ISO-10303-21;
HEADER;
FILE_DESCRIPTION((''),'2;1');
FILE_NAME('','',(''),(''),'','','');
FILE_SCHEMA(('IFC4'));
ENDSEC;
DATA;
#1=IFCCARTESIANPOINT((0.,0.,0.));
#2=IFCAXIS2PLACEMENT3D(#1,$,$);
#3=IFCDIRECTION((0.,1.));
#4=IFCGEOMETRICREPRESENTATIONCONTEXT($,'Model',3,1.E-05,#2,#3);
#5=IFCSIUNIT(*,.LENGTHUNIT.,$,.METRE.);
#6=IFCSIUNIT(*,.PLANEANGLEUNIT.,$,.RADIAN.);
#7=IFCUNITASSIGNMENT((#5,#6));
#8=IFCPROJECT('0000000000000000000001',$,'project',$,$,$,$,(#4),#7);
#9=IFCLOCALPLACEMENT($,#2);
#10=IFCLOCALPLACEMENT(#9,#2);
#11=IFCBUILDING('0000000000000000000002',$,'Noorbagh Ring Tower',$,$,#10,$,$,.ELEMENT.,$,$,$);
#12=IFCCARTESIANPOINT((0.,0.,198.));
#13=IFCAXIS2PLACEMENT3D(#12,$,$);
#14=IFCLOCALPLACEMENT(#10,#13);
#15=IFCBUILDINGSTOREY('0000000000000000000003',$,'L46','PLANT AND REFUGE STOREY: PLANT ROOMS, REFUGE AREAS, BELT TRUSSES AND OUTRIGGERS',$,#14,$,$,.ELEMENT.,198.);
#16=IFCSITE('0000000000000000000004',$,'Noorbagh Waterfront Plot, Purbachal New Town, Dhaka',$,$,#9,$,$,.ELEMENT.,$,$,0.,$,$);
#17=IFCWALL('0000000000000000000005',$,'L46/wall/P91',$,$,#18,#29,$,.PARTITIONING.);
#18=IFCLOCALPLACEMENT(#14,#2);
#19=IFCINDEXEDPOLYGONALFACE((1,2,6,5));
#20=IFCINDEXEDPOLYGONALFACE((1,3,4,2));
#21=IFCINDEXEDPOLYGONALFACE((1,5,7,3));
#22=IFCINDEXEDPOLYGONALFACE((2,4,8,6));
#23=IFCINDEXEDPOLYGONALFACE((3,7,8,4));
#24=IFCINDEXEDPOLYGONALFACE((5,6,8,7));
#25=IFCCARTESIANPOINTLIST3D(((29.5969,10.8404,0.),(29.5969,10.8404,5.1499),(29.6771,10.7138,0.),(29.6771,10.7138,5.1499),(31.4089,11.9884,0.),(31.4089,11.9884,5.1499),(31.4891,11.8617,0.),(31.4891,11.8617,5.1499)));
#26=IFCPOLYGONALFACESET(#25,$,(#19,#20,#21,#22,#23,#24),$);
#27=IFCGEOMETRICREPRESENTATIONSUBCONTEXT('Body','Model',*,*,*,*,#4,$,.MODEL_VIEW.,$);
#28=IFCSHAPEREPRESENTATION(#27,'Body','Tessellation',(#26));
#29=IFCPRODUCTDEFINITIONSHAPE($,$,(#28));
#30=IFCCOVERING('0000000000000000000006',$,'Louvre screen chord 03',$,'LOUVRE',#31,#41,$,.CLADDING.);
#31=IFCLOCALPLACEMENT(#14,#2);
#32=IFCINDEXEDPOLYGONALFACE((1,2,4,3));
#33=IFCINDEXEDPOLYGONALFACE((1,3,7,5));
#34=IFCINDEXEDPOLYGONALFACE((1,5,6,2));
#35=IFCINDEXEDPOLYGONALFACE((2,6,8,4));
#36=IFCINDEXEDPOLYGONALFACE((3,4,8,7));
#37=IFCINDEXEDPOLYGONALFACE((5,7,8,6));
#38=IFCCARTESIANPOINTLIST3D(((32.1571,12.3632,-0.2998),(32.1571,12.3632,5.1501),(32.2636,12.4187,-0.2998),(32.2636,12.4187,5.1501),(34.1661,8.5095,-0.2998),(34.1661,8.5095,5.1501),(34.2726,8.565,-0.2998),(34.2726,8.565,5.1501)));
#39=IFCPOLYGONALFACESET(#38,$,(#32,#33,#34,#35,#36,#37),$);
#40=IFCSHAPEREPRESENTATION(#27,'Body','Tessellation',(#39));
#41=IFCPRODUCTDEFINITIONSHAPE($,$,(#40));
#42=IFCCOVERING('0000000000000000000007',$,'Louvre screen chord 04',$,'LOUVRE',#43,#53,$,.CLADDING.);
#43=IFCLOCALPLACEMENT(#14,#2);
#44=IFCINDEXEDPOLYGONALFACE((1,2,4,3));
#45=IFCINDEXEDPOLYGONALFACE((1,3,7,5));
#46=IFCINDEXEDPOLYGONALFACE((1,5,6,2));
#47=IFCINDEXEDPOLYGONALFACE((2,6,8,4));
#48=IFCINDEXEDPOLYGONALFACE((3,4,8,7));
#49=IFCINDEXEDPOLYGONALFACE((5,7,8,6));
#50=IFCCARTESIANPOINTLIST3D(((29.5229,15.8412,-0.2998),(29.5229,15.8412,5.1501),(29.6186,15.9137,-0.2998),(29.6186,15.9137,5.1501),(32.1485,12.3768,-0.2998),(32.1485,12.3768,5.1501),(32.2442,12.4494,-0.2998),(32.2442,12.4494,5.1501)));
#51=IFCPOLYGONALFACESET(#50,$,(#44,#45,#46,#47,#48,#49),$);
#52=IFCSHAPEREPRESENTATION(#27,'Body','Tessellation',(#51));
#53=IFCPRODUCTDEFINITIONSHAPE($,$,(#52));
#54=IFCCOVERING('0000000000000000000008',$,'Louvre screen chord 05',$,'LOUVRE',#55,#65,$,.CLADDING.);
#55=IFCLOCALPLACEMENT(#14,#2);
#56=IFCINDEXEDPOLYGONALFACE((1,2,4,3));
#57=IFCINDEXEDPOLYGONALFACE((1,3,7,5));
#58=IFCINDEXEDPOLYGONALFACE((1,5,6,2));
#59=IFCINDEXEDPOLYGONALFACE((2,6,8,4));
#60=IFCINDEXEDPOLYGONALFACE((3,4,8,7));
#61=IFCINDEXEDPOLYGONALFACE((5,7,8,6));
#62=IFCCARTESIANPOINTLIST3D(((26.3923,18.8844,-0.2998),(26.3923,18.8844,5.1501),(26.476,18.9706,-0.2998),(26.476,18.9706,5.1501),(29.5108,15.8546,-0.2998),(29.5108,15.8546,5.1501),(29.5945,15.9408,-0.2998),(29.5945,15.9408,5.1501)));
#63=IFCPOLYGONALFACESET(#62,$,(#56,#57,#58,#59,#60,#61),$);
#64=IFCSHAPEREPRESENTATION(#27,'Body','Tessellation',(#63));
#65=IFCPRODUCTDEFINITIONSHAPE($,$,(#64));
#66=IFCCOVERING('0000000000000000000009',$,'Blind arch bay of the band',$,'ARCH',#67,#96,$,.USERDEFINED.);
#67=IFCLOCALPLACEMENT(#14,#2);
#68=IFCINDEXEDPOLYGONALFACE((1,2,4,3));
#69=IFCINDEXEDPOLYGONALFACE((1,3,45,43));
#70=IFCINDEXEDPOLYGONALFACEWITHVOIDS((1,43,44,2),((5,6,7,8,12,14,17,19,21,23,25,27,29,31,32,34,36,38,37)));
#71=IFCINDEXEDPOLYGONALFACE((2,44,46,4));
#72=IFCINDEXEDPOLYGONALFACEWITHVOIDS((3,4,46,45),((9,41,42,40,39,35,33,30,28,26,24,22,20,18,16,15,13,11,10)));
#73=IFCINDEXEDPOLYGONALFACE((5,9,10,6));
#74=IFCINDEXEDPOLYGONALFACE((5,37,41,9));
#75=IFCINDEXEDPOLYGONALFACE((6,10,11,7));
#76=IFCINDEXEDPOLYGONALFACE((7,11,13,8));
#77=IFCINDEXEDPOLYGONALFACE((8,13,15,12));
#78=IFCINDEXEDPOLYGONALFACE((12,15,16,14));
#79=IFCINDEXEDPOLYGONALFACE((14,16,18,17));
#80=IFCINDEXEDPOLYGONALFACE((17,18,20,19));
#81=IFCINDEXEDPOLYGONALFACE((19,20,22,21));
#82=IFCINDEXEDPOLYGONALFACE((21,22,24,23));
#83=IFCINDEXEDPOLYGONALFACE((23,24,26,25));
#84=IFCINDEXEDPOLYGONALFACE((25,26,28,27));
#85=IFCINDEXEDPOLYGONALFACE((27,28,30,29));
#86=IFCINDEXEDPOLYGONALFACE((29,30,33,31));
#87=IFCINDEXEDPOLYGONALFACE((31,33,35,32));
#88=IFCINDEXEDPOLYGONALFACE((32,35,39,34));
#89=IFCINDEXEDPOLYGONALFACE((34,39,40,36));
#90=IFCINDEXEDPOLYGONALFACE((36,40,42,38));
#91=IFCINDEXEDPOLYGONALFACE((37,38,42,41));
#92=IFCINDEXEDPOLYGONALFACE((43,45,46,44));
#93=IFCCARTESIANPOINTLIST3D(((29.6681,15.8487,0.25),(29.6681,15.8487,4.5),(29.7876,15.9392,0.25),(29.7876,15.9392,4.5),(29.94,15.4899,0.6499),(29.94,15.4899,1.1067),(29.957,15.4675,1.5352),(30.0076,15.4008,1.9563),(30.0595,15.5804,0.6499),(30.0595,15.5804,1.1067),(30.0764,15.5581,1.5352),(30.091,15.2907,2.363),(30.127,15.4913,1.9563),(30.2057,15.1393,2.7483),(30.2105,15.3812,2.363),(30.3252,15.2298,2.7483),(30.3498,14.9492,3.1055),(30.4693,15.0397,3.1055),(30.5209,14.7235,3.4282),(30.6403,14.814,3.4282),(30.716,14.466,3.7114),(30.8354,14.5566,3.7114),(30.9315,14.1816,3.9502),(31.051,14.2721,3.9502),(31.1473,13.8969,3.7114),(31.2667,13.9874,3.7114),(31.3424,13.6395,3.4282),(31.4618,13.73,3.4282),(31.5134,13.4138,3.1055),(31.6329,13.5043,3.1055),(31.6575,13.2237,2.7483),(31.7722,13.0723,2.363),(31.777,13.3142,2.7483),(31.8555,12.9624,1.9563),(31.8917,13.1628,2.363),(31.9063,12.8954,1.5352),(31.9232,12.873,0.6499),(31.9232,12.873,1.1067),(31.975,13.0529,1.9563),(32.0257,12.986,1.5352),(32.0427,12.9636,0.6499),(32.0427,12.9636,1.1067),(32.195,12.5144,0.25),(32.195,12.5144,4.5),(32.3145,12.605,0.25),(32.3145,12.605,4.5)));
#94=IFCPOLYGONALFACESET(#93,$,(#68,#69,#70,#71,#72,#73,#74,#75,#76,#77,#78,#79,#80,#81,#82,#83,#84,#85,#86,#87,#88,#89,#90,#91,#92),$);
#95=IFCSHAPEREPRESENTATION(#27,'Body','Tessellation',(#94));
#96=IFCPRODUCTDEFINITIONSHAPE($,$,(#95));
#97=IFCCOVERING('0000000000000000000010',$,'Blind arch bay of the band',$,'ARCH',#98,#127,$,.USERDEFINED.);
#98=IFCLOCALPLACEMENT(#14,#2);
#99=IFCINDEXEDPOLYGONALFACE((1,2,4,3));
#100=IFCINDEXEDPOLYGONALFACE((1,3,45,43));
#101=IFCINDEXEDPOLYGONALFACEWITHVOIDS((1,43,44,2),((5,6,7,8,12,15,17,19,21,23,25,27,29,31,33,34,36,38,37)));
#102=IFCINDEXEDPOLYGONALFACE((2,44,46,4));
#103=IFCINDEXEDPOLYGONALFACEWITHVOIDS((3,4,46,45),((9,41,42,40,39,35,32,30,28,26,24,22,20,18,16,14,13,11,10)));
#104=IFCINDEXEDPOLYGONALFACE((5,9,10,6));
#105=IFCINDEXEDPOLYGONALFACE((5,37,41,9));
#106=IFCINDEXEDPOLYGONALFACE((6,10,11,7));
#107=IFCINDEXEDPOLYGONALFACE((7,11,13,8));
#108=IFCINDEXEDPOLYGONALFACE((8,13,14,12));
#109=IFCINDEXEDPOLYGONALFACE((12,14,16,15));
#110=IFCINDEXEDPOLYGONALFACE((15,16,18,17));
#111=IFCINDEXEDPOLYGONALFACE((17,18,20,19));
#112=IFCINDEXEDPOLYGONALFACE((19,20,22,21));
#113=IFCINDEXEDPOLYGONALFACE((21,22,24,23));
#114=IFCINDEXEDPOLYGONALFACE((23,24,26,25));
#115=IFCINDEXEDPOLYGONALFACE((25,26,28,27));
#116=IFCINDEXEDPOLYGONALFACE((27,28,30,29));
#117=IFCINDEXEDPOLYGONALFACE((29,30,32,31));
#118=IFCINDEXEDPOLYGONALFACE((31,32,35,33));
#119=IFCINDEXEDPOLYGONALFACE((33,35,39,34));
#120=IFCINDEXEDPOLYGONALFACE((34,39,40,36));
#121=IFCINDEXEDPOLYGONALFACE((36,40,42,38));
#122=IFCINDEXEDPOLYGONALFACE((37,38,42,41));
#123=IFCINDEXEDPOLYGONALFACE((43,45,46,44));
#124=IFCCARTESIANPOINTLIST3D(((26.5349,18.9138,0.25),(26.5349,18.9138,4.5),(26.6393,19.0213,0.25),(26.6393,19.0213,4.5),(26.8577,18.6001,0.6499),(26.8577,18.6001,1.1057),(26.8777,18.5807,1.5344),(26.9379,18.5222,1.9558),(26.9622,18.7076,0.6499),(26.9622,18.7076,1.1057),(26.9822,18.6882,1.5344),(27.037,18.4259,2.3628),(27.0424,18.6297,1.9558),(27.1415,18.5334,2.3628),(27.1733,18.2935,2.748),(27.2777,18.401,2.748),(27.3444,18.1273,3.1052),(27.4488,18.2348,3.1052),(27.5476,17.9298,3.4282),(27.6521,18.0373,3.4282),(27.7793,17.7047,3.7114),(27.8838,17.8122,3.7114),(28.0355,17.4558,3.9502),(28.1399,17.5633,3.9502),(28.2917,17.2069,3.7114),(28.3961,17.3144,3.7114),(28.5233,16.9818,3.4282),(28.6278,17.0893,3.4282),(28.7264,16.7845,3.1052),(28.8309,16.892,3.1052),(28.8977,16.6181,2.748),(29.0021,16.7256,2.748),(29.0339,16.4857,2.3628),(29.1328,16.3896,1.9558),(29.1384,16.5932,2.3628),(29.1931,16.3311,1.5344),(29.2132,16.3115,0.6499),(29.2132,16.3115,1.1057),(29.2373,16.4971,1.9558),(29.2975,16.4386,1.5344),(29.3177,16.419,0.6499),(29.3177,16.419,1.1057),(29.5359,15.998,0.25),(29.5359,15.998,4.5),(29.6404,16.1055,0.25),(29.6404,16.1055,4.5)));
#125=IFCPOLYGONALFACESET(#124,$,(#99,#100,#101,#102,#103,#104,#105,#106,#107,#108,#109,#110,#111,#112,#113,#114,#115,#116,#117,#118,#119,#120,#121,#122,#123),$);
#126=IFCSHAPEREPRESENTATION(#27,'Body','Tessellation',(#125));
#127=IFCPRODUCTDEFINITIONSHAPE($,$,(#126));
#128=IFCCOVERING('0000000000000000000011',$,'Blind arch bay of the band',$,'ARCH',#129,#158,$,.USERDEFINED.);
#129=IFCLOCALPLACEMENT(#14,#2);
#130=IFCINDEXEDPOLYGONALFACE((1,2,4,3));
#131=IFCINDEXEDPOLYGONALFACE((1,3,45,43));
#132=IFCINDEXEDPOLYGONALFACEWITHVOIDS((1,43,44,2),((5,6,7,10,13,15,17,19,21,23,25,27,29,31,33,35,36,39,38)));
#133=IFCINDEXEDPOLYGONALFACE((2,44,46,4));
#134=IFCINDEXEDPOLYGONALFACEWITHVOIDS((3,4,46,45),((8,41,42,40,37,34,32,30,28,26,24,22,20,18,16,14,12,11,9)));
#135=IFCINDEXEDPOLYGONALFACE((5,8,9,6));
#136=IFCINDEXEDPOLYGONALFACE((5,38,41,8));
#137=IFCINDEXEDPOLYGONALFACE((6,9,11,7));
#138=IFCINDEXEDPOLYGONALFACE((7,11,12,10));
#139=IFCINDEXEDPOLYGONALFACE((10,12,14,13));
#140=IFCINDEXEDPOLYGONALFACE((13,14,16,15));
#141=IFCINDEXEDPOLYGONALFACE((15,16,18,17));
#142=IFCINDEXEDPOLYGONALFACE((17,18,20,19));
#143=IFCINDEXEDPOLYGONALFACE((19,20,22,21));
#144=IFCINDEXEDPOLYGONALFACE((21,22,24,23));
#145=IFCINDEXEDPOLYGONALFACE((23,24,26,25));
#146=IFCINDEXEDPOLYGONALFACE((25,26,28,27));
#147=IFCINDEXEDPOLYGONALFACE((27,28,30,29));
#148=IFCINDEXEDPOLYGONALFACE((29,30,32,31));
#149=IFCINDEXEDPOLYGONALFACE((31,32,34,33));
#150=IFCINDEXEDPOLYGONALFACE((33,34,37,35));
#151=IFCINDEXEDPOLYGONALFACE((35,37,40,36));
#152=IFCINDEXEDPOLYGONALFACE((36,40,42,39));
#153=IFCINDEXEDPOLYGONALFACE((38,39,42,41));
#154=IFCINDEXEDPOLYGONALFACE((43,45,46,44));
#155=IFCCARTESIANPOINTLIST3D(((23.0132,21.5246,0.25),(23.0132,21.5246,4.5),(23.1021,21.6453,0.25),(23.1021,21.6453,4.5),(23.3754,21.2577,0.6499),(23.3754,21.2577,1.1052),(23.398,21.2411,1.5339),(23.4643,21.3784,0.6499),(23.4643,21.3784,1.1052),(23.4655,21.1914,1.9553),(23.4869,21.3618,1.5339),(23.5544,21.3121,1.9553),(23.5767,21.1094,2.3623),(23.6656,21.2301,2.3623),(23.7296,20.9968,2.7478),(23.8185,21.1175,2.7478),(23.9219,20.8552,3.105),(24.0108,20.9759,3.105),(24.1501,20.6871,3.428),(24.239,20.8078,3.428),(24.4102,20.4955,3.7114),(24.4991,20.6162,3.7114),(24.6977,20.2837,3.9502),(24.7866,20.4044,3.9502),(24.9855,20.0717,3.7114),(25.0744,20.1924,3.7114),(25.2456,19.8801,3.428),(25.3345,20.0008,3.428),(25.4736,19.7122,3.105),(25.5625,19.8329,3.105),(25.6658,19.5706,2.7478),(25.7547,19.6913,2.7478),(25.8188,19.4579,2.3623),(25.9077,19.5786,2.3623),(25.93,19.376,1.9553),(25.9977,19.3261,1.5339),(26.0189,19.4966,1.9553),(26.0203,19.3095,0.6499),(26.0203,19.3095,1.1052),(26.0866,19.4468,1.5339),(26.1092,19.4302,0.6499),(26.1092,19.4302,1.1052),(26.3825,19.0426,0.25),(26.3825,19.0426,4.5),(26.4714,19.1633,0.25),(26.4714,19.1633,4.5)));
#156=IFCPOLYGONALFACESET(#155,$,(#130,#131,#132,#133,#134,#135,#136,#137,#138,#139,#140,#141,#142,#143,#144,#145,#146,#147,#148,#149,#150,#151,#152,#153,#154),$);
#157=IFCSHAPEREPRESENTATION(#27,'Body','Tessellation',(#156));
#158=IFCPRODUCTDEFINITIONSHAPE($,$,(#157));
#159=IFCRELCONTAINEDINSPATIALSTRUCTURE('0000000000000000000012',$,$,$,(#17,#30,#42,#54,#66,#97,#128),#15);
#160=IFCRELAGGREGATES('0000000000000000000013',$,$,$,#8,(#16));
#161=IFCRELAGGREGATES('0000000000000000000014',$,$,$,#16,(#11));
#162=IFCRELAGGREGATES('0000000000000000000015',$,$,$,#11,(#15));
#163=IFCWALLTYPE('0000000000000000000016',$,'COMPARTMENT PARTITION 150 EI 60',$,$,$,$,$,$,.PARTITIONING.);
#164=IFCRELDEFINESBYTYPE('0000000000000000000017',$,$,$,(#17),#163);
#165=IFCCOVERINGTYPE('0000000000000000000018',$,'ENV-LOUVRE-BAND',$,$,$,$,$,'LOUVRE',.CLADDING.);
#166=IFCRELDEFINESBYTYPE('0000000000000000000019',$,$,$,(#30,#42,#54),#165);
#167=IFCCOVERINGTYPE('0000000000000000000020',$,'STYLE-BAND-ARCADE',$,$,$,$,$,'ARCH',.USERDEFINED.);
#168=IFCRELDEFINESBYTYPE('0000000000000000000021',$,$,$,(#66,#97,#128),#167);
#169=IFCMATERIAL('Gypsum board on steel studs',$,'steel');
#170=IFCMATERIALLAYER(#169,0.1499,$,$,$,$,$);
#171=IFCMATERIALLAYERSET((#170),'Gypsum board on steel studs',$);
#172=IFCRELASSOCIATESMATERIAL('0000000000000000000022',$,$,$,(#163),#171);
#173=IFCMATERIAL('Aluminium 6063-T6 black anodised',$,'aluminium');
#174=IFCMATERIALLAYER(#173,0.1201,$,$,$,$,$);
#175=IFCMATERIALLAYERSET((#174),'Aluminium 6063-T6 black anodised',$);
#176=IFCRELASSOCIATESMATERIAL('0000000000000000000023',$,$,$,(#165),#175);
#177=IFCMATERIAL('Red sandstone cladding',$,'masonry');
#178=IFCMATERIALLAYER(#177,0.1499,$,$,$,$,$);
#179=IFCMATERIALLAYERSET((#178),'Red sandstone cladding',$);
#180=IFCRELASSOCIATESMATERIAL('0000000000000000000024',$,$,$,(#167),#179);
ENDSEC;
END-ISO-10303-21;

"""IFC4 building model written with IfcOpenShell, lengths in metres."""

from ifc_helpers import new_model, si_unit, direction, frame, frame_2d, origin, origin_2d, place, context, subcontext, project, spatial, polyline, rectangle, outline, extrude, material, layer, layer_set, type_object, element, save


model = new_model("IFC4")

# Units and contexts
model_context = context("Model", 3, precision=1e-05, world=origin(), true_north=direction((0.0, 1.0)))
body_context = subcontext(model_context, "Body", "Model", "MODEL_VIEW")
ifc_project = project(units=[si_unit("LENGTHUNIT", "METRE"), si_unit("PLANEANGLEUNIT", "RADIAN")], contexts=[model_context])

# Site, building, storey
site_placement = place(None, origin())
site = spatial("IfcSite", under=ifc_project, at=site_placement, Name="Noorbagh Waterfront Plot, Purbachal New Town, Dhaka", CompositionType="ELEMENT", RefElevation=0.0)
building_placement = place(site_placement, origin())
building = spatial("IfcBuilding", under=site, at=building_placement, Name="Noorbagh Ring Tower", CompositionType="ELEMENT")
storey_placement = place(building_placement, frame((0.0, 0.0, 198.0)))
storey = spatial("IfcBuildingStorey", under=building, at=storey_placement, Name="L46", Description="PLANT AND REFUGE STOREY: PLANT ROOMS, REFUGE AREAS, BELT TRUSSES AND OUTRIGGERS", CompositionType="ELEMENT", Elevation=198.0)

# Wall
ifc_material_1 = material(Name="Gypsum board on steel studs", Category="steel")
ifc_layer_1 = layer(ifc_material_1, 0.1499)
ifc_layer_set_1 = layer_set([ifc_layer_1], Name="Gypsum board on steel studs")
wall_type = type_object("IfcWallType", Name="COMPARTMENT PARTITION 150 EI 60", PredefinedType="PARTITIONING", material=ifc_layer_set_1)
wall_placement = place(storey_placement, frame((29.637, 10.7771, 0.0), z_axis=(0.0, 0.0, 1.0), x_axis=(0.844747, 0.535166, 0.0)))
element("IfcWall", 1, at=wall_placement, inside=storey, type_object=wall_type, Name="L46/wall/P91", PredefinedType="PARTITIONING", context=body_context, shape_type="SweptSolid", body=[
    extrude(rectangle(XDim=2.145, YDim=0.1499, at=frame_2d((1.0725, 0.0))), origin(), (0.0, 0.0, 1.0), 5.1499),
])

# Coverings
ifc_material_2 = material(Name="Aluminium 6063-T6 black anodised", Category="aluminium")
ifc_layer_2 = layer(ifc_material_2, 0.1201)
ifc_layer_set_2 = layer_set([ifc_layer_2], Name="Aluminium 6063-T6 black anodised")
covering_type_1 = type_object("IfcCoveringType", Name="ENV-LOUVRE-BAND", ElementType="LOUVRE", PredefinedType="CLADDING", material=ifc_layer_set_2)
covering_1_placement = place(storey_placement, frame((33.2148, 10.4641, -0.2998), z_axis=(0.0, 0.0, 1.0), x_axis=(-0.462278, 0.886735, 0.0)))
element("IfcCovering", 2, at=covering_1_placement, inside=storey, type_object=covering_type_1, Name="Louvre screen chord 03", ObjectType="LOUVRE", PredefinedType="CLADDING", context=body_context, shape_type="SweptSolid", body=[
    extrude(rectangle(XDim=4.3459, YDim=0.1201, at=origin_2d()), origin(), (0.0, 0.0, 1.0), 5.45),
])
covering_2_placement = place(storey_placement, frame((30.8835, 14.1453, -0.2998), z_axis=(0.0, 0.0, 1.0), x_axis=(-0.60402, 0.796969, 0.0)))
element("IfcCovering", 3, at=covering_2_placement, inside=storey, type_object=covering_type_1, Name="Louvre screen chord 04", ObjectType="LOUVRE", PredefinedType="CLADDING", context=body_context, shape_type="SweptSolid", body=[
    extrude(rectangle(XDim=4.3469, YDim=0.1201, at=origin_2d()), origin(), (0.0, 0.0, 1.0), 5.45),
])
covering_3_placement = place(storey_placement, frame((27.9934, 17.4126, -0.2998), z_axis=(0.0, 0.0, 1.0), x_axis=(-0.717225, 0.696842, 0.0)))
element("IfcCovering", 4, at=covering_3_placement, inside=storey, type_object=covering_type_1, Name="Louvre screen chord 05", ObjectType="LOUVRE", PredefinedType="CLADDING", context=body_context, shape_type="SweptSolid", body=[
    extrude(rectangle(XDim=4.3479, YDim=0.1201, at=origin_2d()), origin(), (0.0, 0.0, 1.0), 5.45),
])
ifc_material_3 = material(Name="Red sandstone cladding", Category="masonry")
ifc_layer_3 = layer(ifc_material_3, 0.1499)
ifc_layer_set_3 = layer_set([ifc_layer_3], Name="Red sandstone cladding")
covering_type_2 = type_object("IfcCoveringType", Name="STYLE-BAND-ARCADE", ElementType="ARCH", PredefinedType="USERDEFINED", material=ifc_layer_set_3)
covering_4_placement = place(storey_placement, frame((32.3145, 12.605, 0.25), z_axis=(0.796986, 0.603998, 0.0), x_axis=(-0.603998, 0.796986, 0.0)))
element("IfcCovering", 5, at=covering_4_placement, inside=storey, type_object=covering_type_2, Name="Blind arch bay of the band", ObjectType="ARCH", PredefinedType="USERDEFINED", context=body_context, shape_type="SweptSolid", body=[
    extrude(outline(polyline([(0.0, 0.0), (4.1836, 0.0), (4.1836, 4.25), (0.0, 4.25), (0.0, 0.0)]), holes=[polyline([(0.45, 0.3999), (0.45, 0.8567), (0.478, 1.2852), (0.562, 1.7063), (0.7, 2.113), (0.8899, 2.4983), (1.1284, 2.8555), (1.4116, 3.1782), (1.7346, 3.4614), (2.0918, 3.7002), (2.4487, 3.4614), (2.7717, 3.1782), (3.0549, 2.8555), (3.2935, 2.4983), (3.4834, 2.113), (3.6216, 1.7063), (3.7053, 1.2852), (3.7334, 0.8567), (3.7334, 0.3999), (0.45, 0.3999)])]), origin(), (0.0, 0.0, -1.0), 0.1499),
])
covering_5_placement = place(storey_placement, frame((29.6404, 16.1055, 0.25), z_axis=(0.696852, 0.717215, 0.0), x_axis=(-0.717215, 0.696852, 0.0)))
element("IfcCovering", 6, at=covering_5_placement, inside=storey, type_object=covering_type_2, Name="Blind arch bay of the band", ObjectType="ARCH", PredefinedType="USERDEFINED", context=body_context, shape_type="SweptSolid", body=[
    extrude(outline(polyline([(0.0, 0.0), (4.1843, 0.0), (4.1843, 4.25), (0.0, 4.25), (0.0, 0.0)]), holes=[polyline([(0.45, 0.3999), (0.45, 0.8557), (0.478, 1.2844), (0.562, 1.7058), (0.7, 2.1128), (0.8899, 2.498), (1.1287, 2.8552), (1.4119, 3.1782), (1.7349, 3.4614), (2.092, 3.7002), (2.4492, 3.4614), (2.7722, 3.1782), (3.0557, 2.8552), (3.2942, 2.498), (3.4841, 2.1128), (3.6223, 1.7058), (3.7063, 1.2844), (3.7341, 0.8557), (3.7341, 0.3999), (0.45, 0.3999)])]), origin(), (0.0, 0.0, -1.0), 0.1499),
])
covering_6_placement = place(storey_placement, frame((26.4714, 19.1633, 0.25), z_axis=(0.59308, 0.805144, 0.0), x_axis=(-0.805144, 0.59308, 0.0)))
element("IfcCovering", 7, at=covering_6_placement, inside=storey, type_object=covering_type_2, Name="Blind arch bay of the band", ObjectType="ARCH", PredefinedType="USERDEFINED", context=body_context, shape_type="SweptSolid", body=[
    extrude(outline(polyline([(0.0, 0.0), (4.1848, 0.0), (4.1848, 4.25), (0.0, 4.25), (0.0, 0.0)]), holes=[polyline([(0.45, 0.3999), (0.45, 0.8552), (0.478, 1.2839), (0.562, 1.7053), (0.7002, 2.1123), (0.8901, 2.4978), (1.1289, 2.855), (1.4121, 3.178), (1.7351, 3.4614), (2.0925, 3.7002), (2.4497, 3.4614), (2.7727, 3.178), (3.0562, 2.855), (3.2949, 2.4978), (3.4849, 2.1123), (3.623, 1.7053), (3.7068, 1.2839), (3.7349, 0.8552), (3.7349, 0.3999), (0.45, 0.3999)])]), origin(), (0.0, 0.0, -1.0), 0.1499),
])

save(model, "model.ifc")
